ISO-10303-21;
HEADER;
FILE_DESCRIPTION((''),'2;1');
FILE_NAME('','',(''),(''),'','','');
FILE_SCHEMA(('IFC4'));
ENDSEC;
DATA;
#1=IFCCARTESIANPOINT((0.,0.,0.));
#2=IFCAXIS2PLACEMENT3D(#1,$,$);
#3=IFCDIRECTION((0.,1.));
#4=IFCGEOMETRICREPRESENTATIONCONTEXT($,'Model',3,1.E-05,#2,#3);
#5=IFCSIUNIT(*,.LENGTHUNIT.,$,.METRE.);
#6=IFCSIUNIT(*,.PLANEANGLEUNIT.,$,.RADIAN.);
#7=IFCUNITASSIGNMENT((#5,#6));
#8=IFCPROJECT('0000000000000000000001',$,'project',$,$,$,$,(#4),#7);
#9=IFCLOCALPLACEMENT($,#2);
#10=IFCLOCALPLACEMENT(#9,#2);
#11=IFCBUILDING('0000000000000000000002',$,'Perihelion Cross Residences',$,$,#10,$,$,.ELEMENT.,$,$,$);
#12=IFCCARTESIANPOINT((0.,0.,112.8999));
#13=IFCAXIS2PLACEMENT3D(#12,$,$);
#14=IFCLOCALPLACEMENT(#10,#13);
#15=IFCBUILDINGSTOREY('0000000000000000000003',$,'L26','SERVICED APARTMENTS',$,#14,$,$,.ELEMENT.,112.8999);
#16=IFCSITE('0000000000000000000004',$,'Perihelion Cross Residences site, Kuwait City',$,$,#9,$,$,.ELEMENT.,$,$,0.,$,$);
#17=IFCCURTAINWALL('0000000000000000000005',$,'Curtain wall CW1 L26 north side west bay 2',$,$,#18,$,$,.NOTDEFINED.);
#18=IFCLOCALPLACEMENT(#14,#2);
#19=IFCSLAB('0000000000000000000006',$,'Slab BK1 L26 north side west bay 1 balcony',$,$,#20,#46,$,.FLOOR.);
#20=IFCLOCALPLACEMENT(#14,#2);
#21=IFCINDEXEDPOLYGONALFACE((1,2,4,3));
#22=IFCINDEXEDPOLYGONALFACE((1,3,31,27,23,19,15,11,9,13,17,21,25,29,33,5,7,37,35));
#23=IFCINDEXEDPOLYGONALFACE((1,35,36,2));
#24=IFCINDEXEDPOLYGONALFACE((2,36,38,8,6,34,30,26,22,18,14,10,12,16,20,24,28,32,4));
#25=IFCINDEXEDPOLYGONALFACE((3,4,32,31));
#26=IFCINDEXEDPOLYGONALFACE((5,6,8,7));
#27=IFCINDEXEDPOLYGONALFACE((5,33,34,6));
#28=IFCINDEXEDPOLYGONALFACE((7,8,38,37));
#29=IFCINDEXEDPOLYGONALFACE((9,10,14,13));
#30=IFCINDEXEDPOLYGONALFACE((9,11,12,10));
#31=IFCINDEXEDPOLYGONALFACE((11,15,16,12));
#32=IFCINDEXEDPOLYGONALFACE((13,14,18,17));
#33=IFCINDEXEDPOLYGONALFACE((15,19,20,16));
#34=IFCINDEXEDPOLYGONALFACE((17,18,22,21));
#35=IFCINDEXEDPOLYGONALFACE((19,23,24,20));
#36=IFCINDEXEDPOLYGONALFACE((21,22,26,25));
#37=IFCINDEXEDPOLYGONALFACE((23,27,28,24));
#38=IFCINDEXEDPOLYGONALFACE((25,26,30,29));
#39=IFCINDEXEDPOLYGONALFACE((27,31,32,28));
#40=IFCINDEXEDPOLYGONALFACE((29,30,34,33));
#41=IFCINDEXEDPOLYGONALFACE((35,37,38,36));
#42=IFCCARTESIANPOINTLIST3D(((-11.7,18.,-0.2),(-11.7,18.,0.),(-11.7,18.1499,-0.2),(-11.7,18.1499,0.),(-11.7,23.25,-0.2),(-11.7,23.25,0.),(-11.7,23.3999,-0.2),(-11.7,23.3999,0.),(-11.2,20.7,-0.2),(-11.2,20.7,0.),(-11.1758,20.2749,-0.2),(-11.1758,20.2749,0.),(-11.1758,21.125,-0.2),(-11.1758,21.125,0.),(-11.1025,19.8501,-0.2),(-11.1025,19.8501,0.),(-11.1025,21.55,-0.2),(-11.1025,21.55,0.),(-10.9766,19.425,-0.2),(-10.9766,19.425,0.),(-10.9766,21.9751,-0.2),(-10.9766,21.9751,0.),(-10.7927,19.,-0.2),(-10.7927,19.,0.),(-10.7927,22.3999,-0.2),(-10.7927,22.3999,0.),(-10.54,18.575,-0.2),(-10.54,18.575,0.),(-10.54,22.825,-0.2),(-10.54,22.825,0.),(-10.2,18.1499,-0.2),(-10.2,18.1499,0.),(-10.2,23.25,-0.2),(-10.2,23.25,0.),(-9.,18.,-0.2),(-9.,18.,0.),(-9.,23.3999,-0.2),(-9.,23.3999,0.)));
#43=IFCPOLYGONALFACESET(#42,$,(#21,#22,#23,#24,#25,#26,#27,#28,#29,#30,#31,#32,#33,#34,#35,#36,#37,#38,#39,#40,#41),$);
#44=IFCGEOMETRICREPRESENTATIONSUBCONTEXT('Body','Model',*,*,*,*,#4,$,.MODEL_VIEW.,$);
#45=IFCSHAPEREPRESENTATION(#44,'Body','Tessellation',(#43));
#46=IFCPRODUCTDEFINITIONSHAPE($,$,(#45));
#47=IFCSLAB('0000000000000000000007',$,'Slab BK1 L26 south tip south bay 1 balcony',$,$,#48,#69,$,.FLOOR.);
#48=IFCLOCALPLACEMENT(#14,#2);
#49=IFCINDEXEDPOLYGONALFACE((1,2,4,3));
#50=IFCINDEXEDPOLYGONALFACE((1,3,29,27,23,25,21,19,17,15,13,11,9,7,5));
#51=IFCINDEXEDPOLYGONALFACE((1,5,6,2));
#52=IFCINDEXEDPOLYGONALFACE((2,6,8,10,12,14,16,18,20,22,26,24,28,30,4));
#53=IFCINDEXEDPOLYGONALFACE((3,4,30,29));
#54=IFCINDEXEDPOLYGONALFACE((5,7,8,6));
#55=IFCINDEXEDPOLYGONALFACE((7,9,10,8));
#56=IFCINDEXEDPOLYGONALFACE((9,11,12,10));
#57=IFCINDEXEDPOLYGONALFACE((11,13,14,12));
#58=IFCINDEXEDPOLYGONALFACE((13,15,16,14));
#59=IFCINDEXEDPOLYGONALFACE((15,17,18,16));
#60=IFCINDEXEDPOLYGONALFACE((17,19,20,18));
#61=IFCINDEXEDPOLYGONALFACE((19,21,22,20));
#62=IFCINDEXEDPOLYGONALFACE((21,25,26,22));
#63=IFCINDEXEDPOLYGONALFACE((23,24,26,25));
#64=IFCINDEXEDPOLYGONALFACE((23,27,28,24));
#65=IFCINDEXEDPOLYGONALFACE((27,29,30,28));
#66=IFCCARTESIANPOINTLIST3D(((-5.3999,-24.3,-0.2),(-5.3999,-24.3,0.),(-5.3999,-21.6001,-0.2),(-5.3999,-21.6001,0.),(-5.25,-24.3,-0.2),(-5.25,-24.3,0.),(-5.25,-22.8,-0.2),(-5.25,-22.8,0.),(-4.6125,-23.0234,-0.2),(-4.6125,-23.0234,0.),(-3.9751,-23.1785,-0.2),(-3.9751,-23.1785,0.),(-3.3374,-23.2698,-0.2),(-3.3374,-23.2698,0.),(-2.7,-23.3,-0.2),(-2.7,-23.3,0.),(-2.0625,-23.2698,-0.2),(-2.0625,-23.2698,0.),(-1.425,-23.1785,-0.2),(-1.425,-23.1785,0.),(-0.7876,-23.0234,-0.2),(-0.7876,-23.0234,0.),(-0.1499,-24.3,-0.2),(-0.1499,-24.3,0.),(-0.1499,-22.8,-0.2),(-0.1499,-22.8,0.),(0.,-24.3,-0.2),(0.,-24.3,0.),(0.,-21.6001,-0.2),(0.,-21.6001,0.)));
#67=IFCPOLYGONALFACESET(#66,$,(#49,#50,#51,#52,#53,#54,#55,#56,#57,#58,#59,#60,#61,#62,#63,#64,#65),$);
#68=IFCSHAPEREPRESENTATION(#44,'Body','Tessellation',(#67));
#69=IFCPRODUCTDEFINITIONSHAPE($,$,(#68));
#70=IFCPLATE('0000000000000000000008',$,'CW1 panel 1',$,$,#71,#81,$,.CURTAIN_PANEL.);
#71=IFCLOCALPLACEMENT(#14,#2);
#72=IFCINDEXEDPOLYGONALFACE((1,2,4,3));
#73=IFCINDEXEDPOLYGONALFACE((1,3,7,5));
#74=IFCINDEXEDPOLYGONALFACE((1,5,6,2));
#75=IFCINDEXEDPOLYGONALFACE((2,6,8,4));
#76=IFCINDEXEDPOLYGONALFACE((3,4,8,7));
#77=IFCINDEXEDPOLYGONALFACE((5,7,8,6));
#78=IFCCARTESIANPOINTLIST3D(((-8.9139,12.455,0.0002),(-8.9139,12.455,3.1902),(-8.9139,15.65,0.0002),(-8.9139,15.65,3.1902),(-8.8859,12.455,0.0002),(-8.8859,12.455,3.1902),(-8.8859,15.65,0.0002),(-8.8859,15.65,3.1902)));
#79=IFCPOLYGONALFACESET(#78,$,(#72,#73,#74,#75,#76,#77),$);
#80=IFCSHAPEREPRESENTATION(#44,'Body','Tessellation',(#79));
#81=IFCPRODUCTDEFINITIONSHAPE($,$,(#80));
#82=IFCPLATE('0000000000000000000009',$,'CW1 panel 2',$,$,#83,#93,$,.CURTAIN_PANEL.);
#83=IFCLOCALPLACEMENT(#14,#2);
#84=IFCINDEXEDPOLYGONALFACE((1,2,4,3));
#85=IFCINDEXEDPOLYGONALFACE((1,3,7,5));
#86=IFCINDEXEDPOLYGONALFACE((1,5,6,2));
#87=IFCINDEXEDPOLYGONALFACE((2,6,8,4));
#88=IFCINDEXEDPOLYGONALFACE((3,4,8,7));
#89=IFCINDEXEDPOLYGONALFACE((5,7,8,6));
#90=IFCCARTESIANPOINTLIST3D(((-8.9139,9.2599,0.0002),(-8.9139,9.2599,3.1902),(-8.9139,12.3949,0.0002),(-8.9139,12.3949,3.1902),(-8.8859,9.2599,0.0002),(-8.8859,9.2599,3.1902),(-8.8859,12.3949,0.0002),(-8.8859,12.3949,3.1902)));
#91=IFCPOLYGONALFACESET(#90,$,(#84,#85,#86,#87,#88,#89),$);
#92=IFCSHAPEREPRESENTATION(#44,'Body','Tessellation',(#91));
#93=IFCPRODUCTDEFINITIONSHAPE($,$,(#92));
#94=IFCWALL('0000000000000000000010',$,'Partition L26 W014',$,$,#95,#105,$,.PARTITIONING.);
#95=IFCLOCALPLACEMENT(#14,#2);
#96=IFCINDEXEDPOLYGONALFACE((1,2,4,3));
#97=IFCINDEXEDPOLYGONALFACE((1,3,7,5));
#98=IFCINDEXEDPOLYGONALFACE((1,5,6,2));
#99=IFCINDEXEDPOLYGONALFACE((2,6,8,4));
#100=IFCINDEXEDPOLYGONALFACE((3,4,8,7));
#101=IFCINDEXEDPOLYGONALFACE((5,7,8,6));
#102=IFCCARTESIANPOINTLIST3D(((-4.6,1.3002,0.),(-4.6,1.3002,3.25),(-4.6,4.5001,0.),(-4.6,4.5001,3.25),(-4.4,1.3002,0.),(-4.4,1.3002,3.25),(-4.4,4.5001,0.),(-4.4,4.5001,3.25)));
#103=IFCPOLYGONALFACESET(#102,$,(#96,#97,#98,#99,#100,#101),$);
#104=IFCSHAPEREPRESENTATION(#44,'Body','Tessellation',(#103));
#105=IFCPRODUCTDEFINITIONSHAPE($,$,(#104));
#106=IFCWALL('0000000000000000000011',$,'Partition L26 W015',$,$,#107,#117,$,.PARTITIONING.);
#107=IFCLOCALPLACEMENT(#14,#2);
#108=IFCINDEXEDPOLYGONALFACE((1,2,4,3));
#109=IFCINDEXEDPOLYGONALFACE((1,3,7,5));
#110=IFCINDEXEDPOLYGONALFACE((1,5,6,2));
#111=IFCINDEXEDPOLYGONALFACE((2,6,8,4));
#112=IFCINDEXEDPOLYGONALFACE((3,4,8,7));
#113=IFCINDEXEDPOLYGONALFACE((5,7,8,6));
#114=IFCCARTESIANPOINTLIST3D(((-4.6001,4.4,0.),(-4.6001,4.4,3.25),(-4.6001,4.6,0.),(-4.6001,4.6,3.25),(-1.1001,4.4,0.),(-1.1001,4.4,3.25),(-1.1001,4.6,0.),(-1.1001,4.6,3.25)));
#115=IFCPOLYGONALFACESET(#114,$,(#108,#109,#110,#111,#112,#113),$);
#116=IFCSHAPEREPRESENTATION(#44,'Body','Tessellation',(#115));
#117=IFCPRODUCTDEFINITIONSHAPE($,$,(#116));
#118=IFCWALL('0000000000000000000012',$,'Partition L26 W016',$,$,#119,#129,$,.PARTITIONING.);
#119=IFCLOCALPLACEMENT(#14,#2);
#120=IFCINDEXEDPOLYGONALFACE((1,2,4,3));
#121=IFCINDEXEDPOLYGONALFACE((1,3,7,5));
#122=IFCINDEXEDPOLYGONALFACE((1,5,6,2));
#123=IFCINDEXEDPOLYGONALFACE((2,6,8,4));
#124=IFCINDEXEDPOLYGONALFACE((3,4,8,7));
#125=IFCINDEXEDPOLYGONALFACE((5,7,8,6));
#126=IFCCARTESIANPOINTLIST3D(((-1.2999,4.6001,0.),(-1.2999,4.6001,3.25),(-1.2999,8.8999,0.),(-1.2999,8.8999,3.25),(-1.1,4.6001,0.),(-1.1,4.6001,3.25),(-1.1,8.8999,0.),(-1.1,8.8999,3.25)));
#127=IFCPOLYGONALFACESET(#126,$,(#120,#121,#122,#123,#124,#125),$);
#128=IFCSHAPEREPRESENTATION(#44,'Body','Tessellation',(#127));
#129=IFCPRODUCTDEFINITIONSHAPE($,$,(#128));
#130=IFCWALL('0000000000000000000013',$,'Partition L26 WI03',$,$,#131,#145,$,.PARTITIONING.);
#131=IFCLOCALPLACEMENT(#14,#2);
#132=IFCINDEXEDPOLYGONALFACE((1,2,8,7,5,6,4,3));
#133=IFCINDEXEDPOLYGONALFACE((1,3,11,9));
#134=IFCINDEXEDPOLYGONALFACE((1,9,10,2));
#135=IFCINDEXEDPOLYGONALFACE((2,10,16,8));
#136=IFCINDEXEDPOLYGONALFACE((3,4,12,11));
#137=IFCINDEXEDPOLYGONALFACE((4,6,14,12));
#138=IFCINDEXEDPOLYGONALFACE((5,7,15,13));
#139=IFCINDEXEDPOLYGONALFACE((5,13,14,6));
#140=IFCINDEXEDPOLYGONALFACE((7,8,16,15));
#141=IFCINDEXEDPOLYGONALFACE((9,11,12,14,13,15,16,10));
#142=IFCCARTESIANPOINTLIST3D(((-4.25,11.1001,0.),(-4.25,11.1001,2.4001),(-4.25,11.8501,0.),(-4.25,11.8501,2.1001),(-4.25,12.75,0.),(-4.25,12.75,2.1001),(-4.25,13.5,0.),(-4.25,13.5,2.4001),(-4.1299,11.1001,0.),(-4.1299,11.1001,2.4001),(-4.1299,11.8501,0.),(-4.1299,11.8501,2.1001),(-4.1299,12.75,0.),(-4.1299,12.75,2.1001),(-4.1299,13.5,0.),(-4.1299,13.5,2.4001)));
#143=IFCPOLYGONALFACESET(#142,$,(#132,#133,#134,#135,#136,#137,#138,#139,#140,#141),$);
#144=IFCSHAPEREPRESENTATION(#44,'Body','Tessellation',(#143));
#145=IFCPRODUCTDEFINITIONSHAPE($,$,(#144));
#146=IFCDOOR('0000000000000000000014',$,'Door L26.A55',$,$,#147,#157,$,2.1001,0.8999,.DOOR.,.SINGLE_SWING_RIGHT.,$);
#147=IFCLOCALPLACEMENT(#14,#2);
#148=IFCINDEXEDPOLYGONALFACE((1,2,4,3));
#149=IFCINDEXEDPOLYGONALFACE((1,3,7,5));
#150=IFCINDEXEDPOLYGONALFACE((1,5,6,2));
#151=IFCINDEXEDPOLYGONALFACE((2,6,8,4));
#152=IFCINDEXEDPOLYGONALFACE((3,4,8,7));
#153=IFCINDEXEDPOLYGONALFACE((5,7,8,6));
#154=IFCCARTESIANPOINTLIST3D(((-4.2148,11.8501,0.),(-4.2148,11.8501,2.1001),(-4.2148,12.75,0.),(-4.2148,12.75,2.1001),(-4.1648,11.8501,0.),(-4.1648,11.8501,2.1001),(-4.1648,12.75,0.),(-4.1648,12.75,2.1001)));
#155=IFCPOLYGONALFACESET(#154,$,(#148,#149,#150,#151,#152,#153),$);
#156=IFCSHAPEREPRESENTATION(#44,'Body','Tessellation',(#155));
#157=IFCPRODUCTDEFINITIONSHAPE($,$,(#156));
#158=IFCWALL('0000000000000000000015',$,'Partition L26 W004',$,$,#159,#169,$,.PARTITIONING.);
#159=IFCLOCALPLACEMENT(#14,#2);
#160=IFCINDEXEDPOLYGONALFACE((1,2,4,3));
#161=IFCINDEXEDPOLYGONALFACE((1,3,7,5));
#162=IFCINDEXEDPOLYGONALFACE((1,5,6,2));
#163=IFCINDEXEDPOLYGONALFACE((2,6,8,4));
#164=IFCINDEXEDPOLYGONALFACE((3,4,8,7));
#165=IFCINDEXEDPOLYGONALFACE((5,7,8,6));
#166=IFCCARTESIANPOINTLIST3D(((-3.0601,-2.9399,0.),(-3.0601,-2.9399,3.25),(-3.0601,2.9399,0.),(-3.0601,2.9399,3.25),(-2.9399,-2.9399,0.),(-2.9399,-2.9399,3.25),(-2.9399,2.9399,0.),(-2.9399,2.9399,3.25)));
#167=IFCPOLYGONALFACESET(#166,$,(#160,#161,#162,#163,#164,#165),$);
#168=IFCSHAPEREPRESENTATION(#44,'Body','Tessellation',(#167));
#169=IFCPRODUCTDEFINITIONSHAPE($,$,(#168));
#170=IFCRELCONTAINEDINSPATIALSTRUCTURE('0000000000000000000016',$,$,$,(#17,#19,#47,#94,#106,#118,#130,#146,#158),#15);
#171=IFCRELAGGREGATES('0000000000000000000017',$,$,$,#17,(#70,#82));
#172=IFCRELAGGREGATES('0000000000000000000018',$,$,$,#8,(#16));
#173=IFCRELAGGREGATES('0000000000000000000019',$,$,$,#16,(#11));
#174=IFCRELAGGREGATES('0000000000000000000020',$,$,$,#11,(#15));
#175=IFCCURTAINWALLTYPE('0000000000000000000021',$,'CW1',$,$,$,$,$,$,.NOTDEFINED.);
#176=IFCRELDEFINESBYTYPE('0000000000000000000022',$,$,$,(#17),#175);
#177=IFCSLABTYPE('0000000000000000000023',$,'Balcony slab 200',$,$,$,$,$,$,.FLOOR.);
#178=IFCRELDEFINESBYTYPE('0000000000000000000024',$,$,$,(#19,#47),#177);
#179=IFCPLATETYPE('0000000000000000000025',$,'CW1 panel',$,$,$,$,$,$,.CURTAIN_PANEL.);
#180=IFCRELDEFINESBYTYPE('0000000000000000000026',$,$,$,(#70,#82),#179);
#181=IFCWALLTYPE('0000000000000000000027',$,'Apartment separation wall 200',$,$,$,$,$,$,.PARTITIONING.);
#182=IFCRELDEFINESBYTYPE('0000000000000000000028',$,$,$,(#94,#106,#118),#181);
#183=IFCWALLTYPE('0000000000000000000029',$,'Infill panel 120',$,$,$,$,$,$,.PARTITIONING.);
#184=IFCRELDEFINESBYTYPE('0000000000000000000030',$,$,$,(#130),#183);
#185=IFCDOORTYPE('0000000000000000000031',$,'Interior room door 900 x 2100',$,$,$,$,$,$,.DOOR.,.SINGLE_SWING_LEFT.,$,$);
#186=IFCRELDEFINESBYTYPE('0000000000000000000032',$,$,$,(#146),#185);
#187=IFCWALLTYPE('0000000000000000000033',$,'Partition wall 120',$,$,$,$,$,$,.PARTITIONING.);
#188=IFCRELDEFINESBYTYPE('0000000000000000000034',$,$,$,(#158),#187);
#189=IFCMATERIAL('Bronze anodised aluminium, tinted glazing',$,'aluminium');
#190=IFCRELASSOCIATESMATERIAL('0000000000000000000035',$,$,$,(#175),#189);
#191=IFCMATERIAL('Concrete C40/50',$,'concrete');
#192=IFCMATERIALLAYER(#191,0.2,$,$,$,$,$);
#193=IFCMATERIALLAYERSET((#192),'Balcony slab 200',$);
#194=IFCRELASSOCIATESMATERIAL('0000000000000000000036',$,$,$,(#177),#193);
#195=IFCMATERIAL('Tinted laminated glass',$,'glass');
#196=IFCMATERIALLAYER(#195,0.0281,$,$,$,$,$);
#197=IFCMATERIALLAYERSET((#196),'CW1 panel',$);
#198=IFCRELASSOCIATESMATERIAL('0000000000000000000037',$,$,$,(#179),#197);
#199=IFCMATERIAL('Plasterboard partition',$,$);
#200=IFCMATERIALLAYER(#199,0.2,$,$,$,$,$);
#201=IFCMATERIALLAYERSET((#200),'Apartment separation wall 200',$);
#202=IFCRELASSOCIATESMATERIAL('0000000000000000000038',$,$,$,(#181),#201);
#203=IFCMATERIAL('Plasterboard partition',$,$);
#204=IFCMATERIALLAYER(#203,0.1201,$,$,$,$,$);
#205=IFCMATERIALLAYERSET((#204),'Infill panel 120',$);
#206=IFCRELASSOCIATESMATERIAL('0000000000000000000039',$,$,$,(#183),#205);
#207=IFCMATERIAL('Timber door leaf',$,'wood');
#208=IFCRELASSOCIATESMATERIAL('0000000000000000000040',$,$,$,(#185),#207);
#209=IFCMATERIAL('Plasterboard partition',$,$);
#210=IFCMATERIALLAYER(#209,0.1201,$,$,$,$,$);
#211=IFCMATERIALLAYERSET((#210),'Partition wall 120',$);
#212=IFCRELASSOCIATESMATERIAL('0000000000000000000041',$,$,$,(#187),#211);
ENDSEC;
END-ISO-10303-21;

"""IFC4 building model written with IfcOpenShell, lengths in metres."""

from ifc_helpers import new_model, si_unit, direction, frame, frame_2d, origin, origin_2d, place, context, subcontext, project, spatial, polyline, rectangle, outline, extrude, material, layer, layer_set, type_object, element, fill, aggregate, save


model = new_model("IFC4")

# Units and contexts
model_context = context("Model", 3, precision=1e-05, world=origin(), true_north=direction((0.0, 1.0)))
body_context = subcontext(model_context, "Body", "Model", "MODEL_VIEW")
ifc_project = project(units=[si_unit("LENGTHUNIT", "METRE"), si_unit("PLANEANGLEUNIT", "RADIAN")], contexts=[model_context])

# Site, building, storey
site_placement = place(None, origin())
site = spatial("IfcSite", under=ifc_project, at=site_placement, Name="Perihelion Cross Residences site, Kuwait City", CompositionType="ELEMENT", RefElevation=0.0)
building_placement = place(site_placement, origin())
building = spatial("IfcBuilding", under=site, at=building_placement, Name="Perihelion Cross Residences", CompositionType="ELEMENT")
storey_placement = place(building_placement, frame((0.0, 0.0, 112.8999)))
storey = spatial("IfcBuildingStorey", under=building, at=storey_placement, Name="L26", Description="SERVICED APARTMENTS", CompositionType="ELEMENT", Elevation=112.8999)

# Curtain wall
ifc_material_1 = material(Name="Bronze anodised aluminium, tinted glazing", Category="aluminium")
curtain_wall_type = type_object("IfcCurtainWallType", Name="CW1", PredefinedType="NOTDEFINED", material=ifc_material_1)
curtain_wall_placement = place(storey_placement, origin())
curtain_wall = element("IfcCurtainWall", 1, at=curtain_wall_placement, inside=storey, type_object=curtain_wall_type, Name="Curtain wall CW1 L26 north side west bay 2", PredefinedType="NOTDEFINED")

# Slabs
ifc_material_2 = material(Name="Concrete C40/50", Category="concrete")
ifc_layer_1 = layer(ifc_material_2, 0.2)
ifc_layer_set_1 = layer_set([ifc_layer_1], Name="Balcony slab 200")
slab_type = type_object("IfcSlabType", Name="Balcony slab 200", PredefinedType="FLOOR", material=ifc_layer_set_1)
slab_1_placement = place(storey_placement, frame((0.0, 0.0, -0.2)))
element("IfcSlab", 2, at=slab_1_placement, inside=storey, type_object=slab_type, Name="Slab BK1 L26 north side west bay 1 balcony", PredefinedType="FLOOR", context=body_context, shape_type="SweptSolid", body=[
    extrude(outline(polyline([(-9.0, 23.3999), (-9.0, 18.0), (-11.7, 18.0), (-11.7, 18.1499), (-10.2, 18.1499), (-10.54, 18.575), (-10.7927, 19.0), (-10.9766, 19.425), (-11.1025, 19.8501), (-11.1758, 20.2749), (-11.2, 20.7), (-11.1758, 21.125), (-11.1025, 21.55), (-10.9766, 21.9751), (-10.7927, 22.3999), (-10.54, 22.825), (-10.2, 23.25), (-11.7, 23.25), (-11.7, 23.3999), (-9.0, 23.3999)])), origin(), (0.0, 0.0, 1.0), 0.2),
])
slab_2_placement = place(storey_placement, frame((0.0, 0.0, -0.2)))
element("IfcSlab", 3, at=slab_2_placement, inside=storey, type_object=slab_type, Name="Slab BK1 L26 south tip south bay 1 balcony", PredefinedType="FLOOR", context=body_context, shape_type="SweptSolid", body=[
    extrude(outline(polyline([(-5.3999, -21.6001), (0.0, -21.6001), (0.0, -24.3), (-0.1499, -24.3), (-0.1499, -22.8), (-0.7876, -23.0234), (-1.425, -23.1785), (-2.0625, -23.2698), (-2.7, -23.3), (-3.3374, -23.2698), (-3.9751, -23.1785), (-4.6125, -23.0234), (-5.25, -22.8), (-5.25, -24.3), (-5.3999, -24.3), (-5.3999, -21.6001)])), origin(), (0.0, 0.0, 1.0), 0.2),
])

# Plates
ifc_material_3 = material(Name="Tinted laminated glass", Category="glass")
ifc_layer_2 = layer(ifc_material_3, 0.0281)
ifc_layer_set_2 = layer_set([ifc_layer_2], Name="CW1 panel")
plate_type = type_object("IfcPlateType", Name="CW1 panel", PredefinedType="CURTAIN_PANEL", material=ifc_layer_set_2)
plate_1_placement = place(storey_placement, frame((-8.8999, 14.0525, 0.0002), z_axis=(0.0, 0.0, 1.0), x_axis=(0.0, -1.0, 0.0)))
plate_1 = element("IfcPlate", 4, at=plate_1_placement, type_object=plate_type, Name="CW1 panel 1", PredefinedType="CURTAIN_PANEL", context=body_context, shape_type="SweptSolid", body=[
    extrude(rectangle(XDim=3.1951, YDim=0.0281, at=origin_2d()), origin(), (0.0, 0.0, 1.0), 3.1899),
])
plate_2_placement = place(storey_placement, frame((-8.8999, 10.8274, 0.0002), z_axis=(0.0, 0.0, 1.0), x_axis=(0.0, -1.0, 0.0)))
plate_2 = element("IfcPlate", 5, at=plate_2_placement, type_object=plate_type, Name="CW1 panel 2", PredefinedType="CURTAIN_PANEL", context=body_context, shape_type="SweptSolid", body=[
    extrude(rectangle(XDim=3.135, YDim=0.0281, at=origin_2d()), origin(), (0.0, 0.0, 1.0), 3.1899),
])
aggregate(curtain_wall, [plate_1, plate_2])

# Walls
ifc_material_4 = material(Name="Plasterboard partition")
ifc_layer_3 = layer(ifc_material_4, 0.2)
ifc_layer_set_3 = layer_set([ifc_layer_3], Name="Apartment separation wall 200")
wall_type_1 = type_object("IfcWallType", Name="Apartment separation wall 200", PredefinedType="PARTITIONING", material=ifc_layer_set_3)
wall_1_placement = place(storey_placement, frame((-4.5, 1.3, 0.0), z_axis=(0.0, 0.0, 1.0), x_axis=(0.0, 1.0, 0.0)))
element("IfcWall", 6, at=wall_1_placement, inside=storey, type_object=wall_type_1, Name="Partition L26 W014", PredefinedType="PARTITIONING", context=body_context, shape_type="SweptSolid", body=[
    extrude(rectangle(XDim=3.2, YDim=0.2, at=frame_2d((1.6001, 0.0))), origin(), (0.0, 0.0, 1.0), 3.25),
])
wall_2_placement = place(storey_placement, frame((-4.6001, 4.5, 0.0), z_axis=(0.0, 0.0, 1.0), x_axis=(1.0, 0.0, 0.0)))
element("IfcWall", 7, at=wall_2_placement, inside=storey, type_object=wall_type_1, Name="Partition L26 W015", PredefinedType="PARTITIONING", context=body_context, shape_type="SweptSolid", body=[
    extrude(rectangle(XDim=3.5, YDim=0.2, at=frame_2d((1.75, 0.0))), origin(), (0.0, 0.0, 1.0), 3.25),
])
wall_3_placement = place(storey_placement, frame((-1.2, 4.6001, 0.0), z_axis=(0.0, 0.0, 1.0), x_axis=(0.0, 1.0, 0.0)))
element("IfcWall", 8, at=wall_3_placement, inside=storey, type_object=wall_type_1, Name="Partition L26 W016", PredefinedType="PARTITIONING", context=body_context, shape_type="SweptSolid", body=[
    extrude(rectangle(XDim=4.2998, YDim=0.2, at=frame_2d((2.1499, 0.0))), origin(), (0.0, 0.0, 1.0), 3.25),
])

# Wall, opening, door
ifc_material_5 = material(Name="Plasterboard partition")
ifc_layer_4 = layer(ifc_material_5, 0.1201)
ifc_layer_set_4 = layer_set([ifc_layer_4], Name="Infill panel 120")
wall_type_2 = type_object("IfcWallType", Name="Infill panel 120", PredefinedType="PARTITIONING", material=ifc_layer_set_4)
wall_4_placement = place(storey_placement, frame((-4.1899, 11.1001, 0.0), z_axis=(0.0, 0.0, 1.0), x_axis=(0.0, 1.0, 0.0)))
wall_4 = element("IfcWall", 9, at=wall_4_placement, inside=storey, type_object=wall_type_2, Name="Partition L26 WI03", PredefinedType="PARTITIONING", context=body_context, shape_type="SweptSolid", body=[
    extrude(rectangle(XDim=2.3999, YDim=0.1201, at=frame_2d((1.2, 0.0))), origin(), (0.0, 0.0, 1.0), 2.4001),
])
opening_1_placement = place(wall_4_placement, frame((0.75, 0.0, 0.0)))
opening_1 = element("IfcOpeningElement", 10, at=opening_1_placement, cuts=wall_4, PredefinedType="OPENING", context=body_context, shape_type="SweptSolid", body=[
    extrude(rectangle(XDim=0.8999, YDim=2.1001, at=frame_2d((0.45, 1.05))), frame((0.0, 0.0701, 0.0), z_axis=(0.0, -1.0, 0.0), x_axis=(1.0, 0.0, 0.0)), (0.0, 0.0, 1.0), 0.1401),
])
ifc_material_6 = material(Name="Timber door leaf", Category="wood")
door_type_1 = type_object("IfcDoorType", Name="Interior room door 900 x 2100", OperationType="SINGLE_SWING_LEFT", PredefinedType="DOOR", material=ifc_material_6)
door_1_placement = place(opening_1_placement, origin())
door_1 = element("IfcDoor", 11, at=door_1_placement, inside=storey, type_object=door_type_1, Name="Door L26.A55", OperationType="SINGLE_SWING_RIGHT", OverallHeight=2.1001, OverallWidth=0.8999, PredefinedType="DOOR", context=body_context, shape_type="SweptSolid", body=[
    extrude(rectangle(XDim=0.8999, YDim=2.1001, at=frame_2d((0.45, 1.05))), frame((0.0, 0.0249, 0.0), z_axis=(0.0, -1.0, 0.0), x_axis=(1.0, 0.0, 0.0)), (0.0, 0.0, 1.0), 0.05),
])
fill(opening_1, door_1)

# Wall
ifc_material_7 = material(Name="Plasterboard partition")
ifc_layer_5 = layer(ifc_material_7, 0.1201)
ifc_layer_set_5 = layer_set([ifc_layer_5], Name="Partition wall 120")
wall_type_3 = type_object("IfcWallType", Name="Partition wall 120", PredefinedType="PARTITIONING", material=ifc_layer_set_5)
wall_5_placement = place(storey_placement, frame((-3.0, 2.9399, 0.0), z_axis=(0.0, 0.0, 1.0), x_axis=(0.0, -1.0, 0.0)))
element("IfcWall", 12, at=wall_5_placement, inside=storey, type_object=wall_type_3, Name="Partition L26 W004", PredefinedType="PARTITIONING", context=body_context, shape_type="SweptSolid", body=[
    extrude(rectangle(XDim=5.8799, YDim=0.1201, at=frame_2d((2.9399, 0.0))), origin(), (0.0, 0.0, 1.0), 3.25),
])

save(model, "model.ifc")
